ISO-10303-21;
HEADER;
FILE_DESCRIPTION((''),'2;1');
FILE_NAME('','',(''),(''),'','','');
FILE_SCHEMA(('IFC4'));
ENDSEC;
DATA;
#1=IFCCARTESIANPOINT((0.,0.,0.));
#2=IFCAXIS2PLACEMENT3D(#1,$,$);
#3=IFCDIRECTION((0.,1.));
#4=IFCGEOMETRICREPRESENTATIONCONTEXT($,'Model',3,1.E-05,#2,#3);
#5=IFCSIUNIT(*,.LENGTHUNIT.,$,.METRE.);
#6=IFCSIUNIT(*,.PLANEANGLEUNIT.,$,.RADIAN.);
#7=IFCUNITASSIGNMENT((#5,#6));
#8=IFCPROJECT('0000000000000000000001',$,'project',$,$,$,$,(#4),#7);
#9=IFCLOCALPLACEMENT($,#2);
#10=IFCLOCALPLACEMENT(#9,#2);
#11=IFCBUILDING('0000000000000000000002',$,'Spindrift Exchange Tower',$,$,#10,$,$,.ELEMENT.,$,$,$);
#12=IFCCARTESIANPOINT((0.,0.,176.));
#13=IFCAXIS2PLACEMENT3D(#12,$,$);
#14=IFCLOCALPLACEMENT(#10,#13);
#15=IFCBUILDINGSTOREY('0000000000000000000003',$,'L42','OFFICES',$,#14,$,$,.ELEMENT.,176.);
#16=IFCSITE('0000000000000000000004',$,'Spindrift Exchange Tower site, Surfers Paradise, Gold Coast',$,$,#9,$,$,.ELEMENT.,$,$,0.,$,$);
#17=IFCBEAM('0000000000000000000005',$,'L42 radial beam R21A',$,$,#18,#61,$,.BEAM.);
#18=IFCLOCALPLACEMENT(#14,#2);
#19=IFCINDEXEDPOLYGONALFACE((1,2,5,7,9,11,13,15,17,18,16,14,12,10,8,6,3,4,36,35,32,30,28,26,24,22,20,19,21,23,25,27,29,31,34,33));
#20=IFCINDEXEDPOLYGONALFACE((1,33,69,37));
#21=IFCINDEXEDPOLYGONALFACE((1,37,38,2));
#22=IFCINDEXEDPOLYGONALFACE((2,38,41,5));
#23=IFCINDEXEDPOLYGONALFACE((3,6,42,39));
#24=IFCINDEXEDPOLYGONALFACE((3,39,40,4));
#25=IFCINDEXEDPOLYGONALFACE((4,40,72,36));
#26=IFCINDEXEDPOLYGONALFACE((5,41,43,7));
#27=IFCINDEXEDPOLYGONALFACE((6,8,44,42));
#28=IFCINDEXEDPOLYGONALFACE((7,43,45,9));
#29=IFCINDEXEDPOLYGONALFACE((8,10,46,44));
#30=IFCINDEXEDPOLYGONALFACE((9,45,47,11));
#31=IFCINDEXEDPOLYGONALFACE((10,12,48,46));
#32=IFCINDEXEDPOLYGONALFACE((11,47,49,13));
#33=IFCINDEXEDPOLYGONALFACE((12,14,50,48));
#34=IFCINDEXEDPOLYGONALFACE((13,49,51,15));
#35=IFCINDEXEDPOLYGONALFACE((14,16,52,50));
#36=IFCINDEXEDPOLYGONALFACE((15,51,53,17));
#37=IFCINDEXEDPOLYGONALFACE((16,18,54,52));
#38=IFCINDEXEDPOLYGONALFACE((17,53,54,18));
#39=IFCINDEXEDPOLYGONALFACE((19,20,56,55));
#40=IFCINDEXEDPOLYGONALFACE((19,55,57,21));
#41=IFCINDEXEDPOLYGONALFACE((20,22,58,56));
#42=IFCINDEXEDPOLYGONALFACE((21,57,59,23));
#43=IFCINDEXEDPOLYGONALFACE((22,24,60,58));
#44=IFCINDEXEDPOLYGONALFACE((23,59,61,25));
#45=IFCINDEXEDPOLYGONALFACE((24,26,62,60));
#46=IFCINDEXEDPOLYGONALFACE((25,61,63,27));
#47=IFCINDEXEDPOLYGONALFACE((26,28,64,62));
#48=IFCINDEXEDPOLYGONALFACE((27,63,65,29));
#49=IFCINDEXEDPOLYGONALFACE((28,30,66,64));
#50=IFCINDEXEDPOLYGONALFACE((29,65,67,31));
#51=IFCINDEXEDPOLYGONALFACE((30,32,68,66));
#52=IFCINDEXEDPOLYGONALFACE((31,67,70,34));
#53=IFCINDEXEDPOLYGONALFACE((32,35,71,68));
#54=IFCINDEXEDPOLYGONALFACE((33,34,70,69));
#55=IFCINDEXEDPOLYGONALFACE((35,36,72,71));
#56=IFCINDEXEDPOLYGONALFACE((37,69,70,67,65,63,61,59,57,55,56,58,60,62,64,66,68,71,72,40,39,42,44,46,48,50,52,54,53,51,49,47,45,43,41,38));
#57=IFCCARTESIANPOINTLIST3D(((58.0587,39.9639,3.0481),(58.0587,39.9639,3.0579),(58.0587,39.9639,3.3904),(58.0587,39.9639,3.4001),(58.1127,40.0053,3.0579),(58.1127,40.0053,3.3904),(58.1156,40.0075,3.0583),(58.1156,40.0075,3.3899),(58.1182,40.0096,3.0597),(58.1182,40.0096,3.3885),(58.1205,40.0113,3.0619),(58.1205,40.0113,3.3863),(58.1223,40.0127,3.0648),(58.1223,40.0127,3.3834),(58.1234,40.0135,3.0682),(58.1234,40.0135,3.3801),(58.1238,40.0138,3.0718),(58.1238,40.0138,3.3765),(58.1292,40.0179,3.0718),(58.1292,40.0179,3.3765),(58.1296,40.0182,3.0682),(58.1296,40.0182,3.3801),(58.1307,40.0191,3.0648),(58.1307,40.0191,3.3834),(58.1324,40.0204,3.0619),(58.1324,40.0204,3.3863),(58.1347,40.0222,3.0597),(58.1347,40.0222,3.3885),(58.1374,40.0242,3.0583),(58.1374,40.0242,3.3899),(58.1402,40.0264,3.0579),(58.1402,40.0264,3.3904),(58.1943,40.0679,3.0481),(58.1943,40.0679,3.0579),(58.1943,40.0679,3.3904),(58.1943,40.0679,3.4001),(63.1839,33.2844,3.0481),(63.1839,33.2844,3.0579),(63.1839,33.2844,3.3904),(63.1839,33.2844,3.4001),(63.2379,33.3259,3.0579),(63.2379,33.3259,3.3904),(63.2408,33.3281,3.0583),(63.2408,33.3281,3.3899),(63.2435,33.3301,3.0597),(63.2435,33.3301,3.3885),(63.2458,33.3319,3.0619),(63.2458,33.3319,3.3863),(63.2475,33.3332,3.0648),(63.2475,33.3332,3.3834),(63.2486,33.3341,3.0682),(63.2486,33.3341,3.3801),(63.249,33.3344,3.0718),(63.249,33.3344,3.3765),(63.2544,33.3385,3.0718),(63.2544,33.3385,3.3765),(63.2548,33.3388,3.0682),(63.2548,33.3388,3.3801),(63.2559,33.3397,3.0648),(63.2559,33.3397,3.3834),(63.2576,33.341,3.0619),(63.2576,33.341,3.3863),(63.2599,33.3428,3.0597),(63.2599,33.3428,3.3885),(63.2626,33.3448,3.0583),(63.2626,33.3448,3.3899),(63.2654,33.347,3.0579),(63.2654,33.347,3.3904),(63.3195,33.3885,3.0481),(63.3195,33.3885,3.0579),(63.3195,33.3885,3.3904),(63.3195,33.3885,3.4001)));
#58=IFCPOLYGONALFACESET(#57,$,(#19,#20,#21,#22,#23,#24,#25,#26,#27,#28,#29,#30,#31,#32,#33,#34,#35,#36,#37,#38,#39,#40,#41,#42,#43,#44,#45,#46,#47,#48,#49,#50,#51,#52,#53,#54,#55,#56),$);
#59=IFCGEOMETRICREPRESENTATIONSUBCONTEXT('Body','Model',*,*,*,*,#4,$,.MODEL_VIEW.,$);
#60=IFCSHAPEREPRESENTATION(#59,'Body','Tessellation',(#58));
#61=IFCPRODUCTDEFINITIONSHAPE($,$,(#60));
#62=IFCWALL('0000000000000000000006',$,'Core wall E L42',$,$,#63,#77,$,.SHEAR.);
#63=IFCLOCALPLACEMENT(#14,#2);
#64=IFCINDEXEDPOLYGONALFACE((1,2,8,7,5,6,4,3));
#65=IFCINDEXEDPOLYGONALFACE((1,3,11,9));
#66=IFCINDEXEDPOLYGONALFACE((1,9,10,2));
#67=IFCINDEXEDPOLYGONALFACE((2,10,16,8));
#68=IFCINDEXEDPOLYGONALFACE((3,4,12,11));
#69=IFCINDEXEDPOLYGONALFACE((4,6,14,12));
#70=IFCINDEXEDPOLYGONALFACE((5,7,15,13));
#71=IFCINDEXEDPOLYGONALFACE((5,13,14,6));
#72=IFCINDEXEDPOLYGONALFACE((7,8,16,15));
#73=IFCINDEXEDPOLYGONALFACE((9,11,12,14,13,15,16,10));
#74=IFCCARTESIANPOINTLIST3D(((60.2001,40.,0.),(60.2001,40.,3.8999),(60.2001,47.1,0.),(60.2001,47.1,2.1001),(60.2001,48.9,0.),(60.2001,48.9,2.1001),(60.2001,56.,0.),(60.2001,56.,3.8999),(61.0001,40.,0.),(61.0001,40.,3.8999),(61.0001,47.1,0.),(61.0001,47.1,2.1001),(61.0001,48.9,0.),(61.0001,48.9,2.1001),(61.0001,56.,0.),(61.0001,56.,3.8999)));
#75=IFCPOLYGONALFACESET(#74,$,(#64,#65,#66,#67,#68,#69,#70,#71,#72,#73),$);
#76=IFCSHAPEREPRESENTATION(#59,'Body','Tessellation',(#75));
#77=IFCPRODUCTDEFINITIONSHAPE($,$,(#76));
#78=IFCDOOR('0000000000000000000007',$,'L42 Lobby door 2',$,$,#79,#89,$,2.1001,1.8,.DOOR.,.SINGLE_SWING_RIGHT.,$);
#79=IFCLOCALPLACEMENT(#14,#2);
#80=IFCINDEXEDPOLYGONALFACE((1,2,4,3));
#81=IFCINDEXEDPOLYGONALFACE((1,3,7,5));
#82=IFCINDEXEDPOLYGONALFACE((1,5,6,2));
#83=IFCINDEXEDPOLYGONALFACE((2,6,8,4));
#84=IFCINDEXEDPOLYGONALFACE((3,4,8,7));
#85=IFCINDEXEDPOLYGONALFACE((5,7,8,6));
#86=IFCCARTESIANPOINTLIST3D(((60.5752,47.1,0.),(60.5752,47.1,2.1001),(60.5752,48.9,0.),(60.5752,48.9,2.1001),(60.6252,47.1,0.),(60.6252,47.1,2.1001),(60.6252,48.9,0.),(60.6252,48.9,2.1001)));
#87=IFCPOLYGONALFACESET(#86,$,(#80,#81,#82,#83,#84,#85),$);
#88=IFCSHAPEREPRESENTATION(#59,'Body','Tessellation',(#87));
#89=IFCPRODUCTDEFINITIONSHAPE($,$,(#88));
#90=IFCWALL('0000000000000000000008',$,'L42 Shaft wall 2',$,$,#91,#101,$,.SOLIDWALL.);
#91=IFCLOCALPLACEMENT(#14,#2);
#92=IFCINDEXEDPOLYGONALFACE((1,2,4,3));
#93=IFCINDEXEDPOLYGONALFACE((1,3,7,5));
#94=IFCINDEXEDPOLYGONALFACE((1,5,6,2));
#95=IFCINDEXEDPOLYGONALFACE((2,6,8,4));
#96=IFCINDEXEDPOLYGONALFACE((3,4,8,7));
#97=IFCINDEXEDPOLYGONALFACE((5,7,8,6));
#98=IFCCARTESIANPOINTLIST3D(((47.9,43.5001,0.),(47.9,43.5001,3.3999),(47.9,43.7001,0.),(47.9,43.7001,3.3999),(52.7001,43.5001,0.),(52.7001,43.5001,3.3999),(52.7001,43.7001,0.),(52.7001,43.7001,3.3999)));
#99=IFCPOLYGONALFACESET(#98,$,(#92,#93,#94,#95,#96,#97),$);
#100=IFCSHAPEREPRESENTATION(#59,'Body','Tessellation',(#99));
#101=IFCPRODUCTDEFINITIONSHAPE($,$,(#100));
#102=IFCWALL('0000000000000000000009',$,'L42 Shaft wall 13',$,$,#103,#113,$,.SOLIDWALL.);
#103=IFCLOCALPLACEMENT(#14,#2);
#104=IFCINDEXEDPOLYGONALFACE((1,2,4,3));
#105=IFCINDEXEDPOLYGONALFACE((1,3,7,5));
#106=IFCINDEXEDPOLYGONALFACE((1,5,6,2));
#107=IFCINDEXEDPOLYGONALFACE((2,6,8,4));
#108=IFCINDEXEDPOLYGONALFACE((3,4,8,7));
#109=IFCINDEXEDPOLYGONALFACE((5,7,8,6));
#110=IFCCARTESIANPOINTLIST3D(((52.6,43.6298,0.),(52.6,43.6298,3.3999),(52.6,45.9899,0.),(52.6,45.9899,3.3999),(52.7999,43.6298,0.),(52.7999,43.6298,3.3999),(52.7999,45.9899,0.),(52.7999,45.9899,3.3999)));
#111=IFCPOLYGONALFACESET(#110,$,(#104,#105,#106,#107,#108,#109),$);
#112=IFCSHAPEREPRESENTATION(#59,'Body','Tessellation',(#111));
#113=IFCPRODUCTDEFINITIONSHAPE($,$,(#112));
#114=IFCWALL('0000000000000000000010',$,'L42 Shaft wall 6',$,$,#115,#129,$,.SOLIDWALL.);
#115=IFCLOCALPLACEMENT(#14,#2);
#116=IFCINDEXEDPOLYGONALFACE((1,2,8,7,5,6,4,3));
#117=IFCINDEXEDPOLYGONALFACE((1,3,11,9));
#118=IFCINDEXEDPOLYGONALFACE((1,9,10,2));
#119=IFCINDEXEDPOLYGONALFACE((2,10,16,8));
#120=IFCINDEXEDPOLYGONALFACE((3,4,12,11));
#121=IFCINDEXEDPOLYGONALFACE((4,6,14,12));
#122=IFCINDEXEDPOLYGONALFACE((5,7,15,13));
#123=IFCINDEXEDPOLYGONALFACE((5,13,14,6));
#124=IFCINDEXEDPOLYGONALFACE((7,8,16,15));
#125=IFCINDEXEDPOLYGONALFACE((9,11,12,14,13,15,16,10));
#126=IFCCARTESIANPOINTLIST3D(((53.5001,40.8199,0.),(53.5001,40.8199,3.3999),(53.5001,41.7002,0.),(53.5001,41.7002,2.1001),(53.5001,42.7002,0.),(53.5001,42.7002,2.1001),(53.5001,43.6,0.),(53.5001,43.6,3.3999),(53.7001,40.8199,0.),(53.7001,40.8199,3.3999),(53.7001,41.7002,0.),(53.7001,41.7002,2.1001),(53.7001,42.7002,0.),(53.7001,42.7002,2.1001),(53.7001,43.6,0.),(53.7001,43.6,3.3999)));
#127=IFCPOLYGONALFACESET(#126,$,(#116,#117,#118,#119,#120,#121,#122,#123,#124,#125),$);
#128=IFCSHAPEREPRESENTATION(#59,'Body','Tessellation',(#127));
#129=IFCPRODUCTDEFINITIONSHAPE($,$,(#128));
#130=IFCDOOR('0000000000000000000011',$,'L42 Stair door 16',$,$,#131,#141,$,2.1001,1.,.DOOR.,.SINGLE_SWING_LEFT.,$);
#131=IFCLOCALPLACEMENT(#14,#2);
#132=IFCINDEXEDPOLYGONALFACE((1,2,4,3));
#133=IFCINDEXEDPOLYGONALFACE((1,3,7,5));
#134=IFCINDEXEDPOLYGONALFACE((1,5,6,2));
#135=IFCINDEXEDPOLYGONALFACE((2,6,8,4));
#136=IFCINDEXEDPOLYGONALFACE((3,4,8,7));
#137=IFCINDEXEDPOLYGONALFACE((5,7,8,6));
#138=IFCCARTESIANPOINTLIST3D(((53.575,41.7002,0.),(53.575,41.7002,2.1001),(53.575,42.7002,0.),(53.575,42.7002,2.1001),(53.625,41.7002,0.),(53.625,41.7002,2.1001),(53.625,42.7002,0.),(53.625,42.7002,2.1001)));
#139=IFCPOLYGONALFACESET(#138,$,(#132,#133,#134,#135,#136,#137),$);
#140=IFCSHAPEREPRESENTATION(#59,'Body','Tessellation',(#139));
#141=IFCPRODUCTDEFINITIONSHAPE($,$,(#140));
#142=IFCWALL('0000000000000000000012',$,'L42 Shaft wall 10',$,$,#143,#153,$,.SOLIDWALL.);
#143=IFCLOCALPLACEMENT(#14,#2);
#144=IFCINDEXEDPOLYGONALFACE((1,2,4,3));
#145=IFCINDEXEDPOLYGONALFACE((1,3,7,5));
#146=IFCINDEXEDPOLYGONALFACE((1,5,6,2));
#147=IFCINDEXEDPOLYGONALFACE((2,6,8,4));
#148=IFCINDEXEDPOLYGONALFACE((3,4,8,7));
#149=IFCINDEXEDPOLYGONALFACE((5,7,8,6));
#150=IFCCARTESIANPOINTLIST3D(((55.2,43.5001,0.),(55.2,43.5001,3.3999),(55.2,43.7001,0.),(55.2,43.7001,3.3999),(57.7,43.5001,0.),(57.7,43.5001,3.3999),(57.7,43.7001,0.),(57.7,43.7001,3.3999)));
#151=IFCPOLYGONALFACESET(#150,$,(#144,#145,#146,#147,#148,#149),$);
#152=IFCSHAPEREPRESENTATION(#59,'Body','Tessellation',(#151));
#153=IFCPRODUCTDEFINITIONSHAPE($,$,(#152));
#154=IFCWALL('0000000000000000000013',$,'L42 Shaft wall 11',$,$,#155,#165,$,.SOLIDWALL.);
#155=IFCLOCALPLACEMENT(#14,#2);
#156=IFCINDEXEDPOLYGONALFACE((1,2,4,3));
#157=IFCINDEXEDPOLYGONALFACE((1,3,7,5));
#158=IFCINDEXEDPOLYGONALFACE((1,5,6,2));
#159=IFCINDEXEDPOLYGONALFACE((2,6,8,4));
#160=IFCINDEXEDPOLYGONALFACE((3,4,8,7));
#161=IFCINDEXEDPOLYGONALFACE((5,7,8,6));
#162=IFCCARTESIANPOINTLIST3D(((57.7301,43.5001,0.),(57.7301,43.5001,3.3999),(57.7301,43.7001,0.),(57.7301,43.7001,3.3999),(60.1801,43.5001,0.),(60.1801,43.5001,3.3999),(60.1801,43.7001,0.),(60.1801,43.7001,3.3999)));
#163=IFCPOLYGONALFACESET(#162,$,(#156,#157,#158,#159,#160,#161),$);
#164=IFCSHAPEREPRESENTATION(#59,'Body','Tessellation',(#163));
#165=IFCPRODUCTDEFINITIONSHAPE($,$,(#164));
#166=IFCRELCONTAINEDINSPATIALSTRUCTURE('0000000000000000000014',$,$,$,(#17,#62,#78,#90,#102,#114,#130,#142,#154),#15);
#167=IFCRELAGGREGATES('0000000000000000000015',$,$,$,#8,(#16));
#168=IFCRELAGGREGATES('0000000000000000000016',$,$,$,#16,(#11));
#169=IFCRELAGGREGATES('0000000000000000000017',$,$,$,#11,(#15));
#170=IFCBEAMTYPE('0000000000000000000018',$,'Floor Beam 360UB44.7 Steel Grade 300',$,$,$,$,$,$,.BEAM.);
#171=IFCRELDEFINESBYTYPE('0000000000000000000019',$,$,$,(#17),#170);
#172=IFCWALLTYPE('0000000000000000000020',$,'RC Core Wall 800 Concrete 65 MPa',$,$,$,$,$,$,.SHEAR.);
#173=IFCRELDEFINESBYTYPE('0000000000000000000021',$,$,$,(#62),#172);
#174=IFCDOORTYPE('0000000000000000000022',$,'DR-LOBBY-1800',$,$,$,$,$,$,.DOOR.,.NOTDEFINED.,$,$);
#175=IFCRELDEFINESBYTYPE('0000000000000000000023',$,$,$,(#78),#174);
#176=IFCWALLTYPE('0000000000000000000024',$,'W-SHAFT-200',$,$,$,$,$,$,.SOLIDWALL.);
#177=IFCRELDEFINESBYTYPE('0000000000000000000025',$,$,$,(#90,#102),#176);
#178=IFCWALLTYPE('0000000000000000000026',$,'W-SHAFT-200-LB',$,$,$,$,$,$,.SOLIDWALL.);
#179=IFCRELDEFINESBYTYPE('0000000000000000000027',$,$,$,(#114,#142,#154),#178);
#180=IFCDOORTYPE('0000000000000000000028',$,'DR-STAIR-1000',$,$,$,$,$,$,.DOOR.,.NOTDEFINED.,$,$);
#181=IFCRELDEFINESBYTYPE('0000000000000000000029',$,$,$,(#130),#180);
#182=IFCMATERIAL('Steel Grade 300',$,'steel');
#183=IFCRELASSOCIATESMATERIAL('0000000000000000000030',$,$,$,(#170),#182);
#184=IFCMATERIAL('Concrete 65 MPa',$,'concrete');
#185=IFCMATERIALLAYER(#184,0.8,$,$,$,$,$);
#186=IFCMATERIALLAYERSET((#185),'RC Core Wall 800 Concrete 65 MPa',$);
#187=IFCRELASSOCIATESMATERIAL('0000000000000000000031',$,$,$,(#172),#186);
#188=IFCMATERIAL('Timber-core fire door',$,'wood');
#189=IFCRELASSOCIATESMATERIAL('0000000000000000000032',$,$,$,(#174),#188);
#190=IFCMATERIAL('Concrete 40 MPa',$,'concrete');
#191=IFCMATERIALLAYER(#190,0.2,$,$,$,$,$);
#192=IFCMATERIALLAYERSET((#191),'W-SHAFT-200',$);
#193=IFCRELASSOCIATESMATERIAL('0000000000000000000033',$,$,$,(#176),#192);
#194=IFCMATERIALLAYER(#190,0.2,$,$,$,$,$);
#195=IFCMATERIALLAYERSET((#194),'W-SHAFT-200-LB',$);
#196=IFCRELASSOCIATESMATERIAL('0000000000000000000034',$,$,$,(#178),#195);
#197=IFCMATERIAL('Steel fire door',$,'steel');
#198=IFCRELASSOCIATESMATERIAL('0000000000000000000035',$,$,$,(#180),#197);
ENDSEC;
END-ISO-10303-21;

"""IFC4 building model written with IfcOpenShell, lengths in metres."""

from ifc_helpers import new_model, si_unit, direction, frame, frame_2d, origin, origin_2d, place, context, subcontext, project, spatial, rectangle, i_section, extrude, source, transform, mapped, material, layer, layer_set, material_profile, profile_set, type_object, element, fill, save


model = new_model("IFC4")

# Units and contexts
model_context = context("Model", 3, precision=1e-05, world=origin(), true_north=direction((0.0, 1.0)))
body_context = subcontext(model_context, "Body", "Model", "MODEL_VIEW")
ifc_project = project(units=[si_unit("LENGTHUNIT", "METRE"), si_unit("PLANEANGLEUNIT", "RADIAN")], contexts=[model_context])

# Site, building, storey
site_placement = place(None, origin())
site = spatial("IfcSite", under=ifc_project, at=site_placement, Name="Spindrift Exchange Tower site, Surfers Paradise, Gold Coast", CompositionType="ELEMENT", RefElevation=0.0)
building_placement = place(site_placement, origin())
building = spatial("IfcBuilding", under=site, at=building_placement, Name="Spindrift Exchange Tower", CompositionType="ELEMENT")
storey_placement = place(building_placement, frame((0.0, 0.0, 176.0)))
storey = spatial("IfcBuildingStorey", under=building, at=storey_placement, Name="L42", Description="OFFICES", CompositionType="ELEMENT", Elevation=176.0)

# Beam
ifc_material_1 = material(Name="Steel Grade 300", Category="steel")
ifc_material_profile_1 = material_profile(ifc_material_1, i_section(OverallWidth=0.1709, OverallDepth=0.3521, WebThickness=0.0068, FlangeThickness=0.0098, FilletRadius=0.0139, at=origin_2d()), Name="360UB44.7")
ifc_profile_set_1 = profile_set([ifc_material_profile_1], Name="Steel Grade 300")
beam_type_1 = type_object("IfcBeamType", Name="Floor Beam 360UB44.7 Steel Grade 300", PredefinedType="BEAM", material=ifc_profile_set_1)
shared_shape_1 = source(origin(), body_context, "Body", "SweptSolid", [
    extrude(i_section(OverallWidth=0.1709, OverallDepth=0.3521, WebThickness=0.0068, FlangeThickness=0.0098, FilletRadius=0.0139, at=origin_2d()), origin(), (0.0, 0.0, 1.0), 8.4192),
])
beam_1_placement = place(storey_placement, frame((58.1265, 40.0159, 3.2241), z_axis=(0.608756, -0.793358, 0.0), x_axis=(0.793358, 0.608756, 0.0)))
element("IfcBeam", 1, at=beam_1_placement, inside=storey, type_object=beam_type_1, Name="L42 radial beam R21A", PredefinedType="BEAM", context=body_context, shape_type="MappedRepresentation", body=[
    mapped(shared_shape_1, transform((0.0, 0.0, 0.0), scale=1.0)),
])

# Wall, opening, door
ifc_material_2 = material(Name="Concrete 65 MPa", Category="concrete")
ifc_layer_1 = layer(ifc_material_2, 0.8)
ifc_layer_set_1 = layer_set([ifc_layer_1], Name="RC Core Wall 800 Concrete 65 MPa")
wall_type_1 = type_object("IfcWallType", Name="RC Core Wall 800 Concrete 65 MPa", PredefinedType="SHEAR", material=ifc_layer_set_1)
wall_1_placement = place(storey_placement, frame((60.6001, 40.0, 0.0), z_axis=(0.0, 0.0, 1.0), x_axis=(0.0, 1.0, 0.0)))
wall_1 = element("IfcWall", 2, at=wall_1_placement, inside=storey, type_object=wall_type_1, Name="Core wall E L42", PredefinedType="SHEAR", context=body_context, shape_type="SweptSolid", body=[
    extrude(rectangle(XDim=16.0, YDim=0.8, at=frame_2d((8.0, 0.0))), origin(), (0.0, 0.0, 1.0), 3.8999),
])
opening_1_placement = place(wall_1_placement, frame((7.1001, 0.0, 0.0)))
opening_1 = element("IfcOpeningElement", 3, at=opening_1_placement, cuts=wall_1, PredefinedType="OPENING", context=body_context, shape_type="SweptSolid", body=[
    extrude(rectangle(XDim=1.8, YDim=2.1001, at=frame_2d((0.8999, 1.05))), frame((0.0, 0.4099, 0.0), z_axis=(0.0, -1.0, 0.0), x_axis=(1.0, 0.0, 0.0)), (0.0, 0.0, 1.0), 0.8201),
])
ifc_material_3 = material(Name="Timber-core fire door", Category="wood")
door_type_1 = type_object("IfcDoorType", Name="DR-LOBBY-1800", OperationType="NOTDEFINED", PredefinedType="DOOR", material=ifc_material_3)
shared_shape_2 = source(origin(), body_context, "Body", "SweptSolid", [
    extrude(rectangle(XDim=1.8, YDim=2.1001, at=frame_2d((0.8999, 1.05))), frame((0.0, 0.0249, 0.0), z_axis=(0.0, -1.0, 0.0), x_axis=(1.0, 0.0, 0.0)), (0.0, 0.0, 1.0), 0.05),
])
door_1_placement = place(opening_1_placement, origin())
door_1 = element("IfcDoor", 4, at=door_1_placement, inside=storey, type_object=door_type_1, Name="L42 Lobby door 2", OperationType="SINGLE_SWING_RIGHT", OverallHeight=2.1001, OverallWidth=1.8, PredefinedType="DOOR", context=body_context, shape_type="MappedRepresentation", body=[
    mapped(shared_shape_2, transform((0.0, 0.0, 0.0), scale=1.0)),
])
fill(opening_1, door_1)

# Walls
ifc_material_4 = material(Name="Concrete 40 MPa", Category="concrete")
ifc_layer_2 = layer(ifc_material_4, 0.2)
ifc_layer_set_2 = layer_set([ifc_layer_2], Name="W-SHAFT-200")
wall_type_2 = type_object("IfcWallType", Name="W-SHAFT-200", PredefinedType="SOLIDWALL", material=ifc_layer_set_2)
wall_2_placement = place(storey_placement, frame((52.7, 43.6001, 0.0), z_axis=(0.0, 0.0, 1.0), x_axis=(-1.0, 0.0, 0.0)))
element("IfcWall", 5, at=wall_2_placement, inside=storey, type_object=wall_type_2, Name="L42 Shaft wall 2", PredefinedType="SOLIDWALL", context=body_context, shape_type="SweptSolid", body=[
    extrude(rectangle(XDim=4.8, YDim=0.2, at=frame_2d((2.3999, 0.0))), origin(), (0.0, 0.0, 1.0), 3.3999),
])
wall_3_placement = place(storey_placement, frame((52.7, 45.99, 0.0), z_axis=(0.0, 0.0, 1.0), x_axis=(0.0, -1.0, 0.0)))
element("IfcWall", 6, at=wall_3_placement, inside=storey, type_object=wall_type_2, Name="L42 Shaft wall 13", PredefinedType="SOLIDWALL", context=body_context, shape_type="SweptSolid", body=[
    extrude(rectangle(XDim=2.3601, YDim=0.2, at=frame_2d((1.1802, 0.0))), origin(), (0.0, 0.0, 1.0), 3.3999),
])

# Wall, opening, door
ifc_layer_3 = layer(ifc_material_4, 0.2)
ifc_layer_set_3 = layer_set([ifc_layer_3], Name="W-SHAFT-200-LB")
wall_type_3 = type_object("IfcWallType", Name="W-SHAFT-200-LB", PredefinedType="SOLIDWALL", material=ifc_layer_set_3)
wall_4_placement = place(storey_placement, frame((53.6001, 43.6001, 0.0), z_axis=(0.0, 0.0, 1.0), x_axis=(0.0, -1.0, 0.0)))
wall_4 = element("IfcWall", 7, at=wall_4_placement, inside=storey, type_object=wall_type_3, Name="L42 Shaft wall 6", PredefinedType="SOLIDWALL", context=body_context, shape_type="SweptSolid", body=[
    extrude(rectangle(XDim=2.78, YDim=0.2, at=frame_2d((1.3901, 0.0))), origin(), (0.0, 0.0, 1.0), 3.3999),
])
opening_2_placement = place(wall_4_placement, frame((0.8999, 0.0, 0.0)))
opening_2 = element("IfcOpeningElement", 8, at=opening_2_placement, cuts=wall_4, PredefinedType="OPENING", context=body_context, shape_type="SweptSolid", body=[
    extrude(rectangle(XDim=1.0, YDim=2.1001, at=frame_2d((0.5, 1.05))), frame((0.0, 0.1099, 0.0), z_axis=(0.0, -1.0, 0.0), x_axis=(1.0, 0.0, 0.0)), (0.0, 0.0, 1.0), 0.22),
])
ifc_material_5 = material(Name="Steel fire door", Category="steel")
door_type_2 = type_object("IfcDoorType", Name="DR-STAIR-1000", OperationType="NOTDEFINED", PredefinedType="DOOR", material=ifc_material_5)
shared_shape_3 = source(origin(), body_context, "Body", "SweptSolid", [
    extrude(rectangle(XDim=1.0, YDim=2.1001, at=frame_2d((0.5, 1.05))), frame((0.0, 0.0249, 0.0), z_axis=(0.0, -1.0, 0.0), x_axis=(1.0, 0.0, 0.0)), (0.0, 0.0, 1.0), 0.05),
])
door_2_placement = place(opening_2_placement, origin())
door_2 = element("IfcDoor", 9, at=door_2_placement, inside=storey, type_object=door_type_2, Name="L42 Stair door 16", OperationType="SINGLE_SWING_LEFT", OverallHeight=2.1001, OverallWidth=1.0, PredefinedType="DOOR", context=body_context, shape_type="MappedRepresentation", body=[
    mapped(shared_shape_3, transform((0.0, 0.0, 0.0), scale=1.0)),
])
fill(opening_2, door_2)

# Walls
wall_5_placement = place(storey_placement, frame((55.2, 43.6001, 0.0), z_axis=(0.0, 0.0, 1.0), x_axis=(1.0, 0.0, 0.0)))
element("IfcWall", 10, at=wall_5_placement, inside=storey, type_object=wall_type_3, Name="L42 Shaft wall 10", PredefinedType="SOLIDWALL", context=body_context, shape_type="SweptSolid", body=[
    extrude(rectangle(XDim=2.5, YDim=0.2, at=frame_2d((1.25, 0.0))), origin(), (0.0, 0.0, 1.0), 3.3999),
])
wall_6_placement = place(storey_placement, frame((57.73, 43.6001, 0.0), z_axis=(0.0, 0.0, 1.0), x_axis=(1.0, 0.0, 0.0)))
element("IfcWall", 11, at=wall_6_placement, inside=storey, type_object=wall_type_3, Name="L42 Shaft wall 11", PredefinedType="SOLIDWALL", context=body_context, shape_type="SweptSolid", body=[
    extrude(rectangle(XDim=2.45, YDim=0.2, at=frame_2d((1.2251, 0.0))), origin(), (0.0, 0.0, 1.0), 3.3999),
])

save(model, "model.ifc")
